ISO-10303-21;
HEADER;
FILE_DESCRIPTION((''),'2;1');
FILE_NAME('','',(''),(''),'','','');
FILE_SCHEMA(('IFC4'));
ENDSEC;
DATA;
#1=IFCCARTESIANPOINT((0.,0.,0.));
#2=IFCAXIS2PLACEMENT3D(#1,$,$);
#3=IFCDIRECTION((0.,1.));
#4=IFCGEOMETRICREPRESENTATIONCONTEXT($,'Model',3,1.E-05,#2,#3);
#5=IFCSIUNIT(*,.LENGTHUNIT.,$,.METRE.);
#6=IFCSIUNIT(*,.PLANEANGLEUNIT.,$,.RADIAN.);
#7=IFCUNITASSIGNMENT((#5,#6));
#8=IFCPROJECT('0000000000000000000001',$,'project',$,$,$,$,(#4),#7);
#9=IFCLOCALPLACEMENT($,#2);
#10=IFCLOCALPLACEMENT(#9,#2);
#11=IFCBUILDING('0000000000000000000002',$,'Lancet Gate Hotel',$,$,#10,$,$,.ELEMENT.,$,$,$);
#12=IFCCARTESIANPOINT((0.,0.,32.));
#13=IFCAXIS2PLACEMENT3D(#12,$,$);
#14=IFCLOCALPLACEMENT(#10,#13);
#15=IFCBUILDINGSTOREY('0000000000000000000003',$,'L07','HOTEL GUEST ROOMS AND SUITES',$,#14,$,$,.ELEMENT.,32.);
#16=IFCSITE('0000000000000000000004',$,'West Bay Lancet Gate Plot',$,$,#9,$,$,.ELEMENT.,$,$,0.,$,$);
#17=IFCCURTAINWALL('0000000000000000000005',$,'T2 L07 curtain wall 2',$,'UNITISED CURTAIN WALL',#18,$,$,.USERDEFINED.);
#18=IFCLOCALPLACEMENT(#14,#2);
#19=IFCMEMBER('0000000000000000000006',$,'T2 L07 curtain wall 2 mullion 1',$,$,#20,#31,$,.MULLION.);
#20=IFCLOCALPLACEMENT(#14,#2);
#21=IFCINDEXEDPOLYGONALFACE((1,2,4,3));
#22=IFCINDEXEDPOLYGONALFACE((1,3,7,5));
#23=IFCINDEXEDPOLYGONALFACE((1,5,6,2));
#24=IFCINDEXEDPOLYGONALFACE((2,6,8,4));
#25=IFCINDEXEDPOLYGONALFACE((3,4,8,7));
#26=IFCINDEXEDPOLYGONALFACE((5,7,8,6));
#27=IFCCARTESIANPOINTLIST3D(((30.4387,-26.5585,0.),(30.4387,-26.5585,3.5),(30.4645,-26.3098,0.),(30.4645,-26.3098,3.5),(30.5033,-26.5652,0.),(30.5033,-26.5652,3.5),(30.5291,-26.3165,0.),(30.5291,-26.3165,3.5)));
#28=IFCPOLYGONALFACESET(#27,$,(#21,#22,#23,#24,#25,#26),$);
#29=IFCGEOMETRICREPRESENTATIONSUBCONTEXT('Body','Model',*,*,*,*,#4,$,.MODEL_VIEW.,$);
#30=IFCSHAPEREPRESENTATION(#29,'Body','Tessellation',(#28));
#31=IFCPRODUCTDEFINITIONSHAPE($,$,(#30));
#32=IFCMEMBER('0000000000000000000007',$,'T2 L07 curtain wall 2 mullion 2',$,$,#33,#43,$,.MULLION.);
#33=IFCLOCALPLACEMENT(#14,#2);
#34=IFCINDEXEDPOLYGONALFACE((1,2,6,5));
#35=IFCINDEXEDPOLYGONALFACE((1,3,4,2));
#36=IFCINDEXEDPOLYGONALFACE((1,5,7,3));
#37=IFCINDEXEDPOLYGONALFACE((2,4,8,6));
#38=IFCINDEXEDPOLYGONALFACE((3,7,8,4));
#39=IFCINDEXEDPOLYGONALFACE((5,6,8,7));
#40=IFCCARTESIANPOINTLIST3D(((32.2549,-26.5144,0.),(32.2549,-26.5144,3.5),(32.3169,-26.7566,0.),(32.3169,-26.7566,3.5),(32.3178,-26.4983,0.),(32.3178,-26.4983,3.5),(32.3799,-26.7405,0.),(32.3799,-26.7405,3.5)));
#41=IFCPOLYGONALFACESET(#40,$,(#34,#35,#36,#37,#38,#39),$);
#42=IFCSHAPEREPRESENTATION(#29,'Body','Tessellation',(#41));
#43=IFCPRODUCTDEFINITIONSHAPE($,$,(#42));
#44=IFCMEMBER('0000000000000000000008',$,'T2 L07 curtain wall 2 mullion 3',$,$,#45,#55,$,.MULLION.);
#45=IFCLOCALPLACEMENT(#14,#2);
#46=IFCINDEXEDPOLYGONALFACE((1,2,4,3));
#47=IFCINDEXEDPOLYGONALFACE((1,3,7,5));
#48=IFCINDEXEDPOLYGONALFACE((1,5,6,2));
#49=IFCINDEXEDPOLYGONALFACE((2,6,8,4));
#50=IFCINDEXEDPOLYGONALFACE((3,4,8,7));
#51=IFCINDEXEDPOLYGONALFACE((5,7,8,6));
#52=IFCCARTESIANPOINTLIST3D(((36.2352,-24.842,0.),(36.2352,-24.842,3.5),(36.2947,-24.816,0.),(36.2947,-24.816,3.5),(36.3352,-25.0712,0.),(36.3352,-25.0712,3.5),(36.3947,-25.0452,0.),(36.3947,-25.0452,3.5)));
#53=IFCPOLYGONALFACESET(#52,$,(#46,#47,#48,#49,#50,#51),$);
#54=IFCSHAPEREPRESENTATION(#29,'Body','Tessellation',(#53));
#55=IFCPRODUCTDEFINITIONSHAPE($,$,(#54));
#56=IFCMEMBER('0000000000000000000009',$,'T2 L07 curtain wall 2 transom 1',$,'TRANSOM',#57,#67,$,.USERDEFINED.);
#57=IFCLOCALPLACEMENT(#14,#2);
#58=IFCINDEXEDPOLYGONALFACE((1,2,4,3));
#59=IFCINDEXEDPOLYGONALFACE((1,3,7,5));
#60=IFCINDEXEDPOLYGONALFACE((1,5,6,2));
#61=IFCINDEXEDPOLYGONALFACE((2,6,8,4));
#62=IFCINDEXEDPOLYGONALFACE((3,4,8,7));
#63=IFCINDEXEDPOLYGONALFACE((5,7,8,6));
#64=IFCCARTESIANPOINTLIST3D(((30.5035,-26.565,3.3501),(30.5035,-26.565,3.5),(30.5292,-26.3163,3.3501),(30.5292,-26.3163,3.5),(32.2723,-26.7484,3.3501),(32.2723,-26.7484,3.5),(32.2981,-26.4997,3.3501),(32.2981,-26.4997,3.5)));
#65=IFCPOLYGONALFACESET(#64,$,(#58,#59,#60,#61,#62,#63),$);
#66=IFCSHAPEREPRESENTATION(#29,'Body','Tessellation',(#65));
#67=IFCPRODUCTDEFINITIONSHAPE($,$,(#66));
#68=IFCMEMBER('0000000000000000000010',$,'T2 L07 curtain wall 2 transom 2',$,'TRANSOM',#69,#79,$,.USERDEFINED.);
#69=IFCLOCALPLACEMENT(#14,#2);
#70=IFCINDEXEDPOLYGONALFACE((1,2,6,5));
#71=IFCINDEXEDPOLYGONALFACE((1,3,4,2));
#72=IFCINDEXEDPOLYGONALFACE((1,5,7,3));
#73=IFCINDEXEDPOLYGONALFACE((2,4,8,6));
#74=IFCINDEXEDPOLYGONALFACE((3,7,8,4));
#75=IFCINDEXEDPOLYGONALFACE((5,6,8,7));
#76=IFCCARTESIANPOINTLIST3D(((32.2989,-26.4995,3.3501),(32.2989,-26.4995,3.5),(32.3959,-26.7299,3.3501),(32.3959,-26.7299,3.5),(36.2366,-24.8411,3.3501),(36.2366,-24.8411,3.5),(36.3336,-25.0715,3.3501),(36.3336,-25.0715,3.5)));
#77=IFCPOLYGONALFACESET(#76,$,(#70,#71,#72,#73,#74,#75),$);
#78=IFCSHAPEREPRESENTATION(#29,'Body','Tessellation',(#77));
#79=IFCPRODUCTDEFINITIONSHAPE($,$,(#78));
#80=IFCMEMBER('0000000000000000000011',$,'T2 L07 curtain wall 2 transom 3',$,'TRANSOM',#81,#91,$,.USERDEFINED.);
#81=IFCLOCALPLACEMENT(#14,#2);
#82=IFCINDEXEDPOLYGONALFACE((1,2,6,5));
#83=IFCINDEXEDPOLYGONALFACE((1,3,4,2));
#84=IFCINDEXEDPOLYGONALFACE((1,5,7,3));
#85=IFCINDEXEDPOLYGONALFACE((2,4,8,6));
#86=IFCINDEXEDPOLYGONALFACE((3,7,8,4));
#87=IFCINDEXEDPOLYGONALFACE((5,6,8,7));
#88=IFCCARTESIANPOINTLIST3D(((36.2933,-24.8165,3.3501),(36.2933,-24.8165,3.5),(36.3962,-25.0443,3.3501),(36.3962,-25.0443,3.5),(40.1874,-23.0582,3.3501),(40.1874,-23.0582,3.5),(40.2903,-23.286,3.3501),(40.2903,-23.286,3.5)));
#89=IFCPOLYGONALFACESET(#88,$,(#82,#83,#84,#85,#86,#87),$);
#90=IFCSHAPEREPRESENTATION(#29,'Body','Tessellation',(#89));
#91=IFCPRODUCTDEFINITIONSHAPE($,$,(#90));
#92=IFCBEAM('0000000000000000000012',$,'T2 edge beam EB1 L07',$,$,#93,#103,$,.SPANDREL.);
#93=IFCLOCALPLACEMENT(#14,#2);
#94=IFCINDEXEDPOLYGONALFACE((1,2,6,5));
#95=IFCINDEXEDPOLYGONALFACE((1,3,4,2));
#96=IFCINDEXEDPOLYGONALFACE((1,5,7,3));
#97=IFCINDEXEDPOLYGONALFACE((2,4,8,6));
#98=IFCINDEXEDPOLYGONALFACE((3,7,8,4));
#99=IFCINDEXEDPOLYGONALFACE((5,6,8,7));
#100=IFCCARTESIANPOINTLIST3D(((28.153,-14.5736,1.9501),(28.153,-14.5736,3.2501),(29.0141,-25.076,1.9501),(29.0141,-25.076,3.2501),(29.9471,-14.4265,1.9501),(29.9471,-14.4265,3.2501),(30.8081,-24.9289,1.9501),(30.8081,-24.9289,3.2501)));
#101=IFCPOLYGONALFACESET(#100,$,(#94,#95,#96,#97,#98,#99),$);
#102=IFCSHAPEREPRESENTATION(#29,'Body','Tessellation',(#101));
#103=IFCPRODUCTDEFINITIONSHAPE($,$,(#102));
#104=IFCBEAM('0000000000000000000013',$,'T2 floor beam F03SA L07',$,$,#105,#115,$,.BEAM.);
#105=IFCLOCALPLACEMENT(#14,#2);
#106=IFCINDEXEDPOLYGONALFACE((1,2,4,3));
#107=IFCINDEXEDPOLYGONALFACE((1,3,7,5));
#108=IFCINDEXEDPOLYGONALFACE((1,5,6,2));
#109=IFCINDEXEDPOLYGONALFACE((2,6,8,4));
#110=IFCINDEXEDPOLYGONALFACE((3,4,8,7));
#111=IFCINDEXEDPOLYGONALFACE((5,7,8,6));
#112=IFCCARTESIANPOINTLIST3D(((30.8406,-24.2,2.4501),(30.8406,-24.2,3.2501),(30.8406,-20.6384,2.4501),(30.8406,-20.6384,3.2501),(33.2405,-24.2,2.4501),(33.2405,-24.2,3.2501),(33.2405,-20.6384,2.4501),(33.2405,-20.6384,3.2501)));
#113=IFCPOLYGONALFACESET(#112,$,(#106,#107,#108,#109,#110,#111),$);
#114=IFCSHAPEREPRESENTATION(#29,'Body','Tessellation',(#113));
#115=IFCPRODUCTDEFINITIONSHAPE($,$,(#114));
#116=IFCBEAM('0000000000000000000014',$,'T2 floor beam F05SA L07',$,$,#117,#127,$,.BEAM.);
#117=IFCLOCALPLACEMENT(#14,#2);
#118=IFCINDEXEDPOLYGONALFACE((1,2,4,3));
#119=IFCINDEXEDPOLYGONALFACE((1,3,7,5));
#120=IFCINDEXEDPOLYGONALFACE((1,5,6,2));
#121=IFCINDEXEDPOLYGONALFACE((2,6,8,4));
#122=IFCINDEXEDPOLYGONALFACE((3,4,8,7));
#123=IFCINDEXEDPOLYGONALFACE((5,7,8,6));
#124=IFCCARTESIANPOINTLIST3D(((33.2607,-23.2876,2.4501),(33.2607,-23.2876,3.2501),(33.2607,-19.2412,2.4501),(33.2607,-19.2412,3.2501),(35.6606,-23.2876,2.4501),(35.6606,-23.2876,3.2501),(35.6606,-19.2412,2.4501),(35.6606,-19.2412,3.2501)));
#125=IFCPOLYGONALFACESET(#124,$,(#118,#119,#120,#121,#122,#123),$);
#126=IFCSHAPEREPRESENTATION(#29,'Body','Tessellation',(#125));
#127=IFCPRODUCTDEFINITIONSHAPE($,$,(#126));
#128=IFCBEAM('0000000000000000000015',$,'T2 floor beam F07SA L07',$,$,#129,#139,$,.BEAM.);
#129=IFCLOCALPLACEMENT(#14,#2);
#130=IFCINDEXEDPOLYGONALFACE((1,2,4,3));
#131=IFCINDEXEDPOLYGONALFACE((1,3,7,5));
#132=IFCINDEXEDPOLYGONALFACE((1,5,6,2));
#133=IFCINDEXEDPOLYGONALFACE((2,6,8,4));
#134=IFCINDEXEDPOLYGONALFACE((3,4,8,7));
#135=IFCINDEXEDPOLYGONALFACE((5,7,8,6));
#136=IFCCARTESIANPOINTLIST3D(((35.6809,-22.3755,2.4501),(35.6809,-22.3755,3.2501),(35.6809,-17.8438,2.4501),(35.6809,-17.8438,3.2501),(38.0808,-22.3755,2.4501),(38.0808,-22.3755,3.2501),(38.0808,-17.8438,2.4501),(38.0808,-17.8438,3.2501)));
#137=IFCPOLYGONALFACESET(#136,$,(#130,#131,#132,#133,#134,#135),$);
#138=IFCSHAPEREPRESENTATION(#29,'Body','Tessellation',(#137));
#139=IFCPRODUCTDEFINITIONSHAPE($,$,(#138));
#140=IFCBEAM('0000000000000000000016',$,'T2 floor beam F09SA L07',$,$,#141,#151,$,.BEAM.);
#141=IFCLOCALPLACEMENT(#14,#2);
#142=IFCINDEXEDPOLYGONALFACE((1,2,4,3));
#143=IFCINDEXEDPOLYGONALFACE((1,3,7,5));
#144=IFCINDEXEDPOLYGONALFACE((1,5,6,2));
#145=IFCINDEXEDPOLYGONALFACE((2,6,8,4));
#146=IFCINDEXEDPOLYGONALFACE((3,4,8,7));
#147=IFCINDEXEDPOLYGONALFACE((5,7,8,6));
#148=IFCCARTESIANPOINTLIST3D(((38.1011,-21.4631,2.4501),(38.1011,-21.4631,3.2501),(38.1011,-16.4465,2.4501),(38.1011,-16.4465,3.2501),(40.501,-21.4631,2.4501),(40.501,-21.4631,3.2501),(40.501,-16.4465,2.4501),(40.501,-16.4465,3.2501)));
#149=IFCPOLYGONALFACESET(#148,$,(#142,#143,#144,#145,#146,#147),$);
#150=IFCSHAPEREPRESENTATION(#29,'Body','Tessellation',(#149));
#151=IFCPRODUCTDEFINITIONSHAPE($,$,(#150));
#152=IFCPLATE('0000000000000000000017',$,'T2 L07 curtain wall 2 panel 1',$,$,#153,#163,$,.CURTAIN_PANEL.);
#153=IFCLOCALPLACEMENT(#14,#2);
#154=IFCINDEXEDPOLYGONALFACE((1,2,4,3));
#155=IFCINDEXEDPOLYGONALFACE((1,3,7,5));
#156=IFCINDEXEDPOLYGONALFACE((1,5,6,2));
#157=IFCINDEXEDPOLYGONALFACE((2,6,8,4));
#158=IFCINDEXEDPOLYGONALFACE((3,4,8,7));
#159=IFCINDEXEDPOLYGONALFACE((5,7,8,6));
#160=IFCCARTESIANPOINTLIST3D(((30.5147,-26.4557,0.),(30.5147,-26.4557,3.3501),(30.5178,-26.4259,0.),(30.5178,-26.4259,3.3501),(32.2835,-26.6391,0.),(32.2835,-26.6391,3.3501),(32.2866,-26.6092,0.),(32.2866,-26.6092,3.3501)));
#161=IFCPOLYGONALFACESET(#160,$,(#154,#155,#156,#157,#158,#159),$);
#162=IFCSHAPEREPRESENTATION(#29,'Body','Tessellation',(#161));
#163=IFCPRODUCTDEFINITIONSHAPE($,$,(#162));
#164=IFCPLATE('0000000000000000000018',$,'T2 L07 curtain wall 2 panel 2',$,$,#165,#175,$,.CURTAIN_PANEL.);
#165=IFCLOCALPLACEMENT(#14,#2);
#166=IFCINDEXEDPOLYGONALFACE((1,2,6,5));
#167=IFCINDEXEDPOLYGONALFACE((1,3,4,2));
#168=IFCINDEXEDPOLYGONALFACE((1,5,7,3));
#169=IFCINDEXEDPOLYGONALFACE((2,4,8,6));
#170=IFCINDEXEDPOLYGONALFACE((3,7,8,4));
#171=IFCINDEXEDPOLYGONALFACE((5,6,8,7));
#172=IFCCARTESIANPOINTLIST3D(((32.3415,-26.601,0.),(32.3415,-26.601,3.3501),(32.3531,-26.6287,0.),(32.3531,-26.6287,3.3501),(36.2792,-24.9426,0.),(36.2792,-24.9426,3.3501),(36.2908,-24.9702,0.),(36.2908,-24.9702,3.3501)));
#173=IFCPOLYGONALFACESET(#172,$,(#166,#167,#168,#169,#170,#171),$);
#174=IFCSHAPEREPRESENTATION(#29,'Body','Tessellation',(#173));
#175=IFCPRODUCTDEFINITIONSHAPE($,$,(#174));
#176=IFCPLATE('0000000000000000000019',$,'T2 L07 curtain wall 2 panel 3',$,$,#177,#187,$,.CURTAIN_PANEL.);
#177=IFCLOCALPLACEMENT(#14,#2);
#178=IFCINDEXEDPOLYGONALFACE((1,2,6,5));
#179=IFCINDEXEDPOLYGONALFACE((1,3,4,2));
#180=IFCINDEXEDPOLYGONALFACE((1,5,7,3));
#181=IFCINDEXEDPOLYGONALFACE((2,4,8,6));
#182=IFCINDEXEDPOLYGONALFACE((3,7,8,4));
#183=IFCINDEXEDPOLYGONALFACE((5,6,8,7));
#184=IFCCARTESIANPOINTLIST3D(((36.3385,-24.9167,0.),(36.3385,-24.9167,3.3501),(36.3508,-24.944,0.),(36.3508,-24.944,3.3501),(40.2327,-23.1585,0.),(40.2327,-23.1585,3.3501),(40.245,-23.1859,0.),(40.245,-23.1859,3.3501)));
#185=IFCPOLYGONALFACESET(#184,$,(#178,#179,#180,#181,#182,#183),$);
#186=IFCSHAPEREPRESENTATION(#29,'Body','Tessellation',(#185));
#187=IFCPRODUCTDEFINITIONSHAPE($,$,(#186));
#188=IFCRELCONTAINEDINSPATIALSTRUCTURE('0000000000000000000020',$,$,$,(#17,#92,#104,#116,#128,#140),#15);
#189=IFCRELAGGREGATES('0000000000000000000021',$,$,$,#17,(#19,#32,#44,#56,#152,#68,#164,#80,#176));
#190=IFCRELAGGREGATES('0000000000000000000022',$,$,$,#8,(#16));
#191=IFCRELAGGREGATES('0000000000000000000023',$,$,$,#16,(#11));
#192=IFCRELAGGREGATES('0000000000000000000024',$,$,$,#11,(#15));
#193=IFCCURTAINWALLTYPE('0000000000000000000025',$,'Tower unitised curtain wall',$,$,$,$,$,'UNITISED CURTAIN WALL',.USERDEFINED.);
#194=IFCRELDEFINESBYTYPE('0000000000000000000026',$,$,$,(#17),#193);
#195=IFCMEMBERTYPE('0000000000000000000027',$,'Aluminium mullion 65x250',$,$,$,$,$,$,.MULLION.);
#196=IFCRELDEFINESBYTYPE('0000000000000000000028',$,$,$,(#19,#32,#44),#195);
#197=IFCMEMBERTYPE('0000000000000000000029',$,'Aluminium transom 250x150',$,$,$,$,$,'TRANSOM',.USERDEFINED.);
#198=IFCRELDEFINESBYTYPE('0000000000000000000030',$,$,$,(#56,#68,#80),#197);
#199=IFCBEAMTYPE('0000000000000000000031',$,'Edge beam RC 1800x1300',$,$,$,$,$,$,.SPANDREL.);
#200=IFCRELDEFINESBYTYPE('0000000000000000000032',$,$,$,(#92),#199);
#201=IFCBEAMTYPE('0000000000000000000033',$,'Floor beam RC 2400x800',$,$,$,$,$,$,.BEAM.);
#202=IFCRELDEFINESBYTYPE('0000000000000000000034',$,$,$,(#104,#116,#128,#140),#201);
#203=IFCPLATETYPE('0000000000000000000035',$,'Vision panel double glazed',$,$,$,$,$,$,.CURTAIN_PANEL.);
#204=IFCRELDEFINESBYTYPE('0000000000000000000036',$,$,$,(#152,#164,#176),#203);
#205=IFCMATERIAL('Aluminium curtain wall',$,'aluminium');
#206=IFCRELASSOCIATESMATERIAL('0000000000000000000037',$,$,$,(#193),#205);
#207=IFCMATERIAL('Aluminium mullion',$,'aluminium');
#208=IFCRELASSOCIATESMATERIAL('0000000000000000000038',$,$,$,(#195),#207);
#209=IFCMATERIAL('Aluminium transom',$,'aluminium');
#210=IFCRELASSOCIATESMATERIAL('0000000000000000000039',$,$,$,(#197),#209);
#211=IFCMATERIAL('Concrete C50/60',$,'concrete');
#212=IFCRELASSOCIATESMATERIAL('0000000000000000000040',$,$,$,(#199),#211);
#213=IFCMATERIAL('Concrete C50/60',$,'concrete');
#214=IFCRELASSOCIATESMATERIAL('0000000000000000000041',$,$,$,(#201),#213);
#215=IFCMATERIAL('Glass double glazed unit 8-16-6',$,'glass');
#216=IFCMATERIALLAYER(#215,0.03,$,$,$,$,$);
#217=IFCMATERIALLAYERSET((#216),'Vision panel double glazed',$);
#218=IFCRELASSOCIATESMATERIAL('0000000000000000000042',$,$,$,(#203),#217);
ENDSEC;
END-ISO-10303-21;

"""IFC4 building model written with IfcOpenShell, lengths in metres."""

from ifc_helpers import new_model, si_unit, direction, frame, origin, origin_2d, place, context, subcontext, project, spatial, rectangle, extrude, material, layer, layer_set, material_profile, profile_set, type_object, element, aggregate, save


model = new_model("IFC4")

# Units and contexts
model_context = context("Model", 3, precision=1e-05, world=origin(), true_north=direction((0.0, 1.0)))
body_context = subcontext(model_context, "Body", "Model", "MODEL_VIEW")
ifc_project = project(units=[si_unit("LENGTHUNIT", "METRE"), si_unit("PLANEANGLEUNIT", "RADIAN")], contexts=[model_context])

# Site, building, storey
site_placement = place(None, origin())
site = spatial("IfcSite", under=ifc_project, at=site_placement, Name="West Bay Lancet Gate Plot", CompositionType="ELEMENT", RefElevation=0.0)
building_placement = place(site_placement, origin())
building = spatial("IfcBuilding", under=site, at=building_placement, Name="Lancet Gate Hotel", CompositionType="ELEMENT")
storey_placement = place(building_placement, frame((0.0, 0.0, 32.0)))
storey = spatial("IfcBuildingStorey", under=building, at=storey_placement, Name="L07", Description="HOTEL GUEST ROOMS AND SUITES", CompositionType="ELEMENT", Elevation=32.0)

# Curtain wall, members
ifc_material_1 = material(Name="Aluminium curtain wall", Category="aluminium")
curtain_wall_type = type_object("IfcCurtainWallType", Name="Tower unitised curtain wall", ElementType="UNITISED CURTAIN WALL", PredefinedType="USERDEFINED", material=ifc_material_1)
curtain_wall_placement = place(storey_placement, origin())
curtain_wall = element("IfcCurtainWall", 1, at=curtain_wall_placement, inside=storey, type_object=curtain_wall_type, Name="T2 L07 curtain wall 2", ObjectType="UNITISED CURTAIN WALL", PredefinedType="USERDEFINED")
ifc_material_2 = material(Name="Aluminium mullion", Category="aluminium")
ifc_material_profile_1 = material_profile(ifc_material_2, rectangle(XDim=0.0649, YDim=0.25, at=origin_2d()), Name="MULLION 65x250")
ifc_profile_set_1 = profile_set([ifc_material_profile_1], Name="Aluminium mullion")
member_type_1 = type_object("IfcMemberType", Name="Aluminium mullion 65x250", PredefinedType="MULLION", material=ifc_profile_set_1)
member_1_placement = place(storey_placement, frame((30.4839, -26.4375, 0.0), z_axis=(0.0, 0.0, 1.0), x_axis=(0.994672, -0.103088, 0.0)))
member_1 = element("IfcMember", 2, at=member_1_placement, type_object=member_type_1, Name="T2 L07 curtain wall 2 mullion 1", PredefinedType="MULLION", context=body_context, shape_type="SweptSolid", body=[
    extrude(rectangle(XDim=0.0649, YDim=0.25, at=origin_2d()), origin(), (0.0, 0.0, 1.0), 3.5),
])
member_2_placement = place(storey_placement, frame((32.3174, -26.6274, 0.0), z_axis=(0.0, 0.0, 1.0), x_axis=(0.968721, 0.24815, 0.0)))
member_2 = element("IfcMember", 3, at=member_2_placement, type_object=member_type_1, Name="T2 L07 curtain wall 2 mullion 2", PredefinedType="MULLION", context=body_context, shape_type="SweptSolid", body=[
    extrude(rectangle(XDim=0.0649, YDim=0.25, at=origin_2d()), origin(), (0.0, 0.0, 1.0), 3.5),
])
member_3_placement = place(storey_placement, frame((36.3149, -24.9436, 0.0), z_axis=(0.0, 0.0, 1.0), x_axis=(0.916579, 0.399854, 0.0)))
member_3 = element("IfcMember", 4, at=member_3_placement, type_object=member_type_1, Name="T2 L07 curtain wall 2 mullion 3", PredefinedType="MULLION", context=body_context, shape_type="SweptSolid", body=[
    extrude(rectangle(XDim=0.0649, YDim=0.25, at=origin_2d()), origin(), (0.0, 0.0, 1.0), 3.5),
])
ifc_material_3 = material(Name="Aluminium transom", Category="aluminium")
ifc_material_profile_2 = material_profile(ifc_material_3, rectangle(XDim=0.25, YDim=0.1499, at=origin_2d()), Name="TRANSOM 250x150")
ifc_profile_set_2 = profile_set([ifc_material_profile_2], Name="Aluminium transom")
member_type_2 = type_object("IfcMemberType", Name="Aluminium transom 250x150", ElementType="TRANSOM", PredefinedType="USERDEFINED", material=ifc_profile_set_2)
member_4_placement = place(storey_placement, frame((30.5164, -26.4407, 3.425), z_axis=(0.99467, -0.103105, 0.0), x_axis=(0.103105, 0.99467, 0.0)))
member_4 = element("IfcMember", 5, at=member_4_placement, type_object=member_type_2, Name="T2 L07 curtain wall 2 transom 1", ObjectType="TRANSOM", PredefinedType="USERDEFINED", context=body_context, shape_type="SweptSolid", body=[
    extrude(rectangle(XDim=0.25, YDim=0.1499, at=origin_2d()), origin(), (0.0, 0.0, 1.0), 1.7783),
])
member_5_placement = place(storey_placement, frame((32.3474, -26.6147, 3.425), z_axis=(0.921598, 0.388146, 0.0), x_axis=(-0.388146, 0.921598, 0.0)))
member_5 = element("IfcMember", 6, at=member_5_placement, type_object=member_type_2, Name="T2 L07 curtain wall 2 transom 2", ObjectType="TRANSOM", PredefinedType="USERDEFINED", context=body_context, shape_type="SweptSolid", body=[
    extrude(rectangle(XDim=0.25, YDim=0.1499, at=origin_2d()), origin(), (0.0, 0.0, 1.0), 4.2727),
])
member_6_placement = place(storey_placement, frame((36.3447, -24.9304, 3.425), z_axis=(0.911397, 0.411529, 0.0), x_axis=(-0.411529, 0.911397, 0.0)))
member_6 = element("IfcMember", 7, at=member_6_placement, type_object=member_type_2, Name="T2 L07 curtain wall 2 transom 3", ObjectType="TRANSOM", PredefinedType="USERDEFINED", context=body_context, shape_type="SweptSolid", body=[
    extrude(rectangle(XDim=0.25, YDim=0.1499, at=origin_2d()), origin(), (0.0, 0.0, 1.0), 4.2727),
])

# Beams
ifc_material_4 = material(Name="Concrete C50/60", Category="concrete")
ifc_material_profile_3 = material_profile(ifc_material_4, rectangle(XDim=1.8, YDim=1.3, at=origin_2d()), Name="RC 1800x1300")
ifc_profile_set_3 = profile_set([ifc_material_profile_3], Name="Concrete C50/60")
beam_type_1 = type_object("IfcBeamType", Name="Edge beam RC 1800x1300", PredefinedType="SPANDREL", material=ifc_profile_set_3)
beam_1_placement = place(storey_placement, frame((29.9111, -25.0024, 2.6001), z_axis=(-0.081715, 0.996656, 0.0), x_axis=(-0.996656, -0.081715, 0.0)))
element("IfcBeam", 8, at=beam_1_placement, inside=storey, type_object=beam_type_1, Name="T2 edge beam EB1 L07", PredefinedType="SPANDREL", context=body_context, shape_type="SweptSolid", body=[
    extrude(rectangle(XDim=1.8, YDim=1.3, at=origin_2d()), origin(), (0.0, 0.0, 1.0), 10.5376),
])
ifc_material_5 = material(Name="Concrete C50/60", Category="concrete")
ifc_material_profile_4 = material_profile(ifc_material_5, rectangle(XDim=2.3999, YDim=0.8, at=origin_2d()), Name="RC 2400x800")
ifc_profile_set_4 = profile_set([ifc_material_profile_4], Name="Concrete C50/60")
beam_type_2 = type_object("IfcBeamType", Name="Floor beam RC 2400x800", PredefinedType="BEAM", material=ifc_profile_set_4)
beam_2_placement = place(storey_placement, frame((32.0405, -24.2, 2.8501), z_axis=(0.0, 1.0, 0.0), x_axis=(-1.0, 0.0, 0.0)))
element("IfcBeam", 9, at=beam_2_placement, inside=storey, type_object=beam_type_2, Name="T2 floor beam F03SA L07", PredefinedType="BEAM", context=body_context, shape_type="SweptSolid", body=[
    extrude(rectangle(XDim=2.3999, YDim=0.8, at=origin_2d()), origin(), (0.0, 0.0, 1.0), 3.5615),
])
beam_3_placement = place(storey_placement, frame((34.4607, -23.2876, 2.8501), z_axis=(0.0, 1.0, 0.0), x_axis=(-1.0, 0.0, 0.0)))
element("IfcBeam", 10, at=beam_3_placement, inside=storey, type_object=beam_type_2, Name="T2 floor beam F05SA L07", PredefinedType="BEAM", context=body_context, shape_type="SweptSolid", body=[
    extrude(rectangle(XDim=2.3999, YDim=0.8, at=origin_2d()), origin(), (0.0, 0.0, 1.0), 4.0464),
])
beam_4_placement = place(storey_placement, frame((36.8809, -22.3755, 2.8501), z_axis=(0.0, 1.0, 0.0), x_axis=(-1.0, 0.0, 0.0)))
element("IfcBeam", 11, at=beam_4_placement, inside=storey, type_object=beam_type_2, Name="T2 floor beam F07SA L07", PredefinedType="BEAM", context=body_context, shape_type="SweptSolid", body=[
    extrude(rectangle(XDim=2.3999, YDim=0.8, at=origin_2d()), origin(), (0.0, 0.0, 1.0), 4.5317),
])
beam_5_placement = place(storey_placement, frame((39.301, -21.4631, 2.8501), z_axis=(0.0, 1.0, 0.0), x_axis=(-1.0, 0.0, 0.0)))
element("IfcBeam", 12, at=beam_5_placement, inside=storey, type_object=beam_type_2, Name="T2 floor beam F09SA L07", PredefinedType="BEAM", context=body_context, shape_type="SweptSolid", body=[
    extrude(rectangle(XDim=2.3999, YDim=0.8, at=origin_2d()), origin(), (0.0, 0.0, 1.0), 5.0166),
])

# Plates
ifc_material_6 = material(Name="Glass double glazed unit 8-16-6", Category="glass")
ifc_layer_1 = layer(ifc_material_6, 0.03)
ifc_layer_set_1 = layer_set([ifc_layer_1], Name="Vision panel double glazed")
plate_type = type_object("IfcPlateType", Name="Vision panel double glazed", PredefinedType="CURTAIN_PANEL", material=ifc_layer_set_1)
plate_1_placement = place(storey_placement, frame((31.4006, -26.5325, 0.0), z_axis=(0.0, 0.0, 1.0), x_axis=(0.994672, -0.103088, 0.0)))
plate_1 = element("IfcPlate", 13, at=plate_1_placement, type_object=plate_type, Name="T2 L07 curtain wall 2 panel 1", PredefinedType="CURTAIN_PANEL", context=body_context, shape_type="SweptSolid", body=[
    extrude(rectangle(XDim=1.7783, YDim=0.03, at=origin_2d()), origin(), (0.0, 0.0, 1.0), 3.3501),
])
plate_2_placement = place(storey_placement, frame((34.3162, -25.7856, 0.0), z_axis=(0.0, 0.0, 1.0), x_axis=(0.921593, 0.388157, 0.0)))
plate_2 = element("IfcPlate", 14, at=plate_2_placement, type_object=plate_type, Name="T2 L07 curtain wall 2 panel 2", PredefinedType="CURTAIN_PANEL", context=body_context, shape_type="SweptSolid", body=[
    extrude(rectangle(XDim=4.2727, YDim=0.03, at=origin_2d()), origin(), (0.0, 0.0, 1.0), 3.3501),
])
plate_3_placement = place(storey_placement, frame((38.2917, -24.0513, 0.0), z_axis=(0.0, 0.0, 1.0), x_axis=(0.911416, 0.411487, 0.0)))
plate_3 = element("IfcPlate", 15, at=plate_3_placement, type_object=plate_type, Name="T2 L07 curtain wall 2 panel 3", PredefinedType="CURTAIN_PANEL", context=body_context, shape_type="SweptSolid", body=[
    extrude(rectangle(XDim=4.2727, YDim=0.03, at=origin_2d()), origin(), (0.0, 0.0, 1.0), 3.3501),
])
aggregate(curtain_wall, [member_1, member_2, member_3, member_4, plate_1, member_5, plate_2, member_6, plate_3])

save(model, "model.ifc")
